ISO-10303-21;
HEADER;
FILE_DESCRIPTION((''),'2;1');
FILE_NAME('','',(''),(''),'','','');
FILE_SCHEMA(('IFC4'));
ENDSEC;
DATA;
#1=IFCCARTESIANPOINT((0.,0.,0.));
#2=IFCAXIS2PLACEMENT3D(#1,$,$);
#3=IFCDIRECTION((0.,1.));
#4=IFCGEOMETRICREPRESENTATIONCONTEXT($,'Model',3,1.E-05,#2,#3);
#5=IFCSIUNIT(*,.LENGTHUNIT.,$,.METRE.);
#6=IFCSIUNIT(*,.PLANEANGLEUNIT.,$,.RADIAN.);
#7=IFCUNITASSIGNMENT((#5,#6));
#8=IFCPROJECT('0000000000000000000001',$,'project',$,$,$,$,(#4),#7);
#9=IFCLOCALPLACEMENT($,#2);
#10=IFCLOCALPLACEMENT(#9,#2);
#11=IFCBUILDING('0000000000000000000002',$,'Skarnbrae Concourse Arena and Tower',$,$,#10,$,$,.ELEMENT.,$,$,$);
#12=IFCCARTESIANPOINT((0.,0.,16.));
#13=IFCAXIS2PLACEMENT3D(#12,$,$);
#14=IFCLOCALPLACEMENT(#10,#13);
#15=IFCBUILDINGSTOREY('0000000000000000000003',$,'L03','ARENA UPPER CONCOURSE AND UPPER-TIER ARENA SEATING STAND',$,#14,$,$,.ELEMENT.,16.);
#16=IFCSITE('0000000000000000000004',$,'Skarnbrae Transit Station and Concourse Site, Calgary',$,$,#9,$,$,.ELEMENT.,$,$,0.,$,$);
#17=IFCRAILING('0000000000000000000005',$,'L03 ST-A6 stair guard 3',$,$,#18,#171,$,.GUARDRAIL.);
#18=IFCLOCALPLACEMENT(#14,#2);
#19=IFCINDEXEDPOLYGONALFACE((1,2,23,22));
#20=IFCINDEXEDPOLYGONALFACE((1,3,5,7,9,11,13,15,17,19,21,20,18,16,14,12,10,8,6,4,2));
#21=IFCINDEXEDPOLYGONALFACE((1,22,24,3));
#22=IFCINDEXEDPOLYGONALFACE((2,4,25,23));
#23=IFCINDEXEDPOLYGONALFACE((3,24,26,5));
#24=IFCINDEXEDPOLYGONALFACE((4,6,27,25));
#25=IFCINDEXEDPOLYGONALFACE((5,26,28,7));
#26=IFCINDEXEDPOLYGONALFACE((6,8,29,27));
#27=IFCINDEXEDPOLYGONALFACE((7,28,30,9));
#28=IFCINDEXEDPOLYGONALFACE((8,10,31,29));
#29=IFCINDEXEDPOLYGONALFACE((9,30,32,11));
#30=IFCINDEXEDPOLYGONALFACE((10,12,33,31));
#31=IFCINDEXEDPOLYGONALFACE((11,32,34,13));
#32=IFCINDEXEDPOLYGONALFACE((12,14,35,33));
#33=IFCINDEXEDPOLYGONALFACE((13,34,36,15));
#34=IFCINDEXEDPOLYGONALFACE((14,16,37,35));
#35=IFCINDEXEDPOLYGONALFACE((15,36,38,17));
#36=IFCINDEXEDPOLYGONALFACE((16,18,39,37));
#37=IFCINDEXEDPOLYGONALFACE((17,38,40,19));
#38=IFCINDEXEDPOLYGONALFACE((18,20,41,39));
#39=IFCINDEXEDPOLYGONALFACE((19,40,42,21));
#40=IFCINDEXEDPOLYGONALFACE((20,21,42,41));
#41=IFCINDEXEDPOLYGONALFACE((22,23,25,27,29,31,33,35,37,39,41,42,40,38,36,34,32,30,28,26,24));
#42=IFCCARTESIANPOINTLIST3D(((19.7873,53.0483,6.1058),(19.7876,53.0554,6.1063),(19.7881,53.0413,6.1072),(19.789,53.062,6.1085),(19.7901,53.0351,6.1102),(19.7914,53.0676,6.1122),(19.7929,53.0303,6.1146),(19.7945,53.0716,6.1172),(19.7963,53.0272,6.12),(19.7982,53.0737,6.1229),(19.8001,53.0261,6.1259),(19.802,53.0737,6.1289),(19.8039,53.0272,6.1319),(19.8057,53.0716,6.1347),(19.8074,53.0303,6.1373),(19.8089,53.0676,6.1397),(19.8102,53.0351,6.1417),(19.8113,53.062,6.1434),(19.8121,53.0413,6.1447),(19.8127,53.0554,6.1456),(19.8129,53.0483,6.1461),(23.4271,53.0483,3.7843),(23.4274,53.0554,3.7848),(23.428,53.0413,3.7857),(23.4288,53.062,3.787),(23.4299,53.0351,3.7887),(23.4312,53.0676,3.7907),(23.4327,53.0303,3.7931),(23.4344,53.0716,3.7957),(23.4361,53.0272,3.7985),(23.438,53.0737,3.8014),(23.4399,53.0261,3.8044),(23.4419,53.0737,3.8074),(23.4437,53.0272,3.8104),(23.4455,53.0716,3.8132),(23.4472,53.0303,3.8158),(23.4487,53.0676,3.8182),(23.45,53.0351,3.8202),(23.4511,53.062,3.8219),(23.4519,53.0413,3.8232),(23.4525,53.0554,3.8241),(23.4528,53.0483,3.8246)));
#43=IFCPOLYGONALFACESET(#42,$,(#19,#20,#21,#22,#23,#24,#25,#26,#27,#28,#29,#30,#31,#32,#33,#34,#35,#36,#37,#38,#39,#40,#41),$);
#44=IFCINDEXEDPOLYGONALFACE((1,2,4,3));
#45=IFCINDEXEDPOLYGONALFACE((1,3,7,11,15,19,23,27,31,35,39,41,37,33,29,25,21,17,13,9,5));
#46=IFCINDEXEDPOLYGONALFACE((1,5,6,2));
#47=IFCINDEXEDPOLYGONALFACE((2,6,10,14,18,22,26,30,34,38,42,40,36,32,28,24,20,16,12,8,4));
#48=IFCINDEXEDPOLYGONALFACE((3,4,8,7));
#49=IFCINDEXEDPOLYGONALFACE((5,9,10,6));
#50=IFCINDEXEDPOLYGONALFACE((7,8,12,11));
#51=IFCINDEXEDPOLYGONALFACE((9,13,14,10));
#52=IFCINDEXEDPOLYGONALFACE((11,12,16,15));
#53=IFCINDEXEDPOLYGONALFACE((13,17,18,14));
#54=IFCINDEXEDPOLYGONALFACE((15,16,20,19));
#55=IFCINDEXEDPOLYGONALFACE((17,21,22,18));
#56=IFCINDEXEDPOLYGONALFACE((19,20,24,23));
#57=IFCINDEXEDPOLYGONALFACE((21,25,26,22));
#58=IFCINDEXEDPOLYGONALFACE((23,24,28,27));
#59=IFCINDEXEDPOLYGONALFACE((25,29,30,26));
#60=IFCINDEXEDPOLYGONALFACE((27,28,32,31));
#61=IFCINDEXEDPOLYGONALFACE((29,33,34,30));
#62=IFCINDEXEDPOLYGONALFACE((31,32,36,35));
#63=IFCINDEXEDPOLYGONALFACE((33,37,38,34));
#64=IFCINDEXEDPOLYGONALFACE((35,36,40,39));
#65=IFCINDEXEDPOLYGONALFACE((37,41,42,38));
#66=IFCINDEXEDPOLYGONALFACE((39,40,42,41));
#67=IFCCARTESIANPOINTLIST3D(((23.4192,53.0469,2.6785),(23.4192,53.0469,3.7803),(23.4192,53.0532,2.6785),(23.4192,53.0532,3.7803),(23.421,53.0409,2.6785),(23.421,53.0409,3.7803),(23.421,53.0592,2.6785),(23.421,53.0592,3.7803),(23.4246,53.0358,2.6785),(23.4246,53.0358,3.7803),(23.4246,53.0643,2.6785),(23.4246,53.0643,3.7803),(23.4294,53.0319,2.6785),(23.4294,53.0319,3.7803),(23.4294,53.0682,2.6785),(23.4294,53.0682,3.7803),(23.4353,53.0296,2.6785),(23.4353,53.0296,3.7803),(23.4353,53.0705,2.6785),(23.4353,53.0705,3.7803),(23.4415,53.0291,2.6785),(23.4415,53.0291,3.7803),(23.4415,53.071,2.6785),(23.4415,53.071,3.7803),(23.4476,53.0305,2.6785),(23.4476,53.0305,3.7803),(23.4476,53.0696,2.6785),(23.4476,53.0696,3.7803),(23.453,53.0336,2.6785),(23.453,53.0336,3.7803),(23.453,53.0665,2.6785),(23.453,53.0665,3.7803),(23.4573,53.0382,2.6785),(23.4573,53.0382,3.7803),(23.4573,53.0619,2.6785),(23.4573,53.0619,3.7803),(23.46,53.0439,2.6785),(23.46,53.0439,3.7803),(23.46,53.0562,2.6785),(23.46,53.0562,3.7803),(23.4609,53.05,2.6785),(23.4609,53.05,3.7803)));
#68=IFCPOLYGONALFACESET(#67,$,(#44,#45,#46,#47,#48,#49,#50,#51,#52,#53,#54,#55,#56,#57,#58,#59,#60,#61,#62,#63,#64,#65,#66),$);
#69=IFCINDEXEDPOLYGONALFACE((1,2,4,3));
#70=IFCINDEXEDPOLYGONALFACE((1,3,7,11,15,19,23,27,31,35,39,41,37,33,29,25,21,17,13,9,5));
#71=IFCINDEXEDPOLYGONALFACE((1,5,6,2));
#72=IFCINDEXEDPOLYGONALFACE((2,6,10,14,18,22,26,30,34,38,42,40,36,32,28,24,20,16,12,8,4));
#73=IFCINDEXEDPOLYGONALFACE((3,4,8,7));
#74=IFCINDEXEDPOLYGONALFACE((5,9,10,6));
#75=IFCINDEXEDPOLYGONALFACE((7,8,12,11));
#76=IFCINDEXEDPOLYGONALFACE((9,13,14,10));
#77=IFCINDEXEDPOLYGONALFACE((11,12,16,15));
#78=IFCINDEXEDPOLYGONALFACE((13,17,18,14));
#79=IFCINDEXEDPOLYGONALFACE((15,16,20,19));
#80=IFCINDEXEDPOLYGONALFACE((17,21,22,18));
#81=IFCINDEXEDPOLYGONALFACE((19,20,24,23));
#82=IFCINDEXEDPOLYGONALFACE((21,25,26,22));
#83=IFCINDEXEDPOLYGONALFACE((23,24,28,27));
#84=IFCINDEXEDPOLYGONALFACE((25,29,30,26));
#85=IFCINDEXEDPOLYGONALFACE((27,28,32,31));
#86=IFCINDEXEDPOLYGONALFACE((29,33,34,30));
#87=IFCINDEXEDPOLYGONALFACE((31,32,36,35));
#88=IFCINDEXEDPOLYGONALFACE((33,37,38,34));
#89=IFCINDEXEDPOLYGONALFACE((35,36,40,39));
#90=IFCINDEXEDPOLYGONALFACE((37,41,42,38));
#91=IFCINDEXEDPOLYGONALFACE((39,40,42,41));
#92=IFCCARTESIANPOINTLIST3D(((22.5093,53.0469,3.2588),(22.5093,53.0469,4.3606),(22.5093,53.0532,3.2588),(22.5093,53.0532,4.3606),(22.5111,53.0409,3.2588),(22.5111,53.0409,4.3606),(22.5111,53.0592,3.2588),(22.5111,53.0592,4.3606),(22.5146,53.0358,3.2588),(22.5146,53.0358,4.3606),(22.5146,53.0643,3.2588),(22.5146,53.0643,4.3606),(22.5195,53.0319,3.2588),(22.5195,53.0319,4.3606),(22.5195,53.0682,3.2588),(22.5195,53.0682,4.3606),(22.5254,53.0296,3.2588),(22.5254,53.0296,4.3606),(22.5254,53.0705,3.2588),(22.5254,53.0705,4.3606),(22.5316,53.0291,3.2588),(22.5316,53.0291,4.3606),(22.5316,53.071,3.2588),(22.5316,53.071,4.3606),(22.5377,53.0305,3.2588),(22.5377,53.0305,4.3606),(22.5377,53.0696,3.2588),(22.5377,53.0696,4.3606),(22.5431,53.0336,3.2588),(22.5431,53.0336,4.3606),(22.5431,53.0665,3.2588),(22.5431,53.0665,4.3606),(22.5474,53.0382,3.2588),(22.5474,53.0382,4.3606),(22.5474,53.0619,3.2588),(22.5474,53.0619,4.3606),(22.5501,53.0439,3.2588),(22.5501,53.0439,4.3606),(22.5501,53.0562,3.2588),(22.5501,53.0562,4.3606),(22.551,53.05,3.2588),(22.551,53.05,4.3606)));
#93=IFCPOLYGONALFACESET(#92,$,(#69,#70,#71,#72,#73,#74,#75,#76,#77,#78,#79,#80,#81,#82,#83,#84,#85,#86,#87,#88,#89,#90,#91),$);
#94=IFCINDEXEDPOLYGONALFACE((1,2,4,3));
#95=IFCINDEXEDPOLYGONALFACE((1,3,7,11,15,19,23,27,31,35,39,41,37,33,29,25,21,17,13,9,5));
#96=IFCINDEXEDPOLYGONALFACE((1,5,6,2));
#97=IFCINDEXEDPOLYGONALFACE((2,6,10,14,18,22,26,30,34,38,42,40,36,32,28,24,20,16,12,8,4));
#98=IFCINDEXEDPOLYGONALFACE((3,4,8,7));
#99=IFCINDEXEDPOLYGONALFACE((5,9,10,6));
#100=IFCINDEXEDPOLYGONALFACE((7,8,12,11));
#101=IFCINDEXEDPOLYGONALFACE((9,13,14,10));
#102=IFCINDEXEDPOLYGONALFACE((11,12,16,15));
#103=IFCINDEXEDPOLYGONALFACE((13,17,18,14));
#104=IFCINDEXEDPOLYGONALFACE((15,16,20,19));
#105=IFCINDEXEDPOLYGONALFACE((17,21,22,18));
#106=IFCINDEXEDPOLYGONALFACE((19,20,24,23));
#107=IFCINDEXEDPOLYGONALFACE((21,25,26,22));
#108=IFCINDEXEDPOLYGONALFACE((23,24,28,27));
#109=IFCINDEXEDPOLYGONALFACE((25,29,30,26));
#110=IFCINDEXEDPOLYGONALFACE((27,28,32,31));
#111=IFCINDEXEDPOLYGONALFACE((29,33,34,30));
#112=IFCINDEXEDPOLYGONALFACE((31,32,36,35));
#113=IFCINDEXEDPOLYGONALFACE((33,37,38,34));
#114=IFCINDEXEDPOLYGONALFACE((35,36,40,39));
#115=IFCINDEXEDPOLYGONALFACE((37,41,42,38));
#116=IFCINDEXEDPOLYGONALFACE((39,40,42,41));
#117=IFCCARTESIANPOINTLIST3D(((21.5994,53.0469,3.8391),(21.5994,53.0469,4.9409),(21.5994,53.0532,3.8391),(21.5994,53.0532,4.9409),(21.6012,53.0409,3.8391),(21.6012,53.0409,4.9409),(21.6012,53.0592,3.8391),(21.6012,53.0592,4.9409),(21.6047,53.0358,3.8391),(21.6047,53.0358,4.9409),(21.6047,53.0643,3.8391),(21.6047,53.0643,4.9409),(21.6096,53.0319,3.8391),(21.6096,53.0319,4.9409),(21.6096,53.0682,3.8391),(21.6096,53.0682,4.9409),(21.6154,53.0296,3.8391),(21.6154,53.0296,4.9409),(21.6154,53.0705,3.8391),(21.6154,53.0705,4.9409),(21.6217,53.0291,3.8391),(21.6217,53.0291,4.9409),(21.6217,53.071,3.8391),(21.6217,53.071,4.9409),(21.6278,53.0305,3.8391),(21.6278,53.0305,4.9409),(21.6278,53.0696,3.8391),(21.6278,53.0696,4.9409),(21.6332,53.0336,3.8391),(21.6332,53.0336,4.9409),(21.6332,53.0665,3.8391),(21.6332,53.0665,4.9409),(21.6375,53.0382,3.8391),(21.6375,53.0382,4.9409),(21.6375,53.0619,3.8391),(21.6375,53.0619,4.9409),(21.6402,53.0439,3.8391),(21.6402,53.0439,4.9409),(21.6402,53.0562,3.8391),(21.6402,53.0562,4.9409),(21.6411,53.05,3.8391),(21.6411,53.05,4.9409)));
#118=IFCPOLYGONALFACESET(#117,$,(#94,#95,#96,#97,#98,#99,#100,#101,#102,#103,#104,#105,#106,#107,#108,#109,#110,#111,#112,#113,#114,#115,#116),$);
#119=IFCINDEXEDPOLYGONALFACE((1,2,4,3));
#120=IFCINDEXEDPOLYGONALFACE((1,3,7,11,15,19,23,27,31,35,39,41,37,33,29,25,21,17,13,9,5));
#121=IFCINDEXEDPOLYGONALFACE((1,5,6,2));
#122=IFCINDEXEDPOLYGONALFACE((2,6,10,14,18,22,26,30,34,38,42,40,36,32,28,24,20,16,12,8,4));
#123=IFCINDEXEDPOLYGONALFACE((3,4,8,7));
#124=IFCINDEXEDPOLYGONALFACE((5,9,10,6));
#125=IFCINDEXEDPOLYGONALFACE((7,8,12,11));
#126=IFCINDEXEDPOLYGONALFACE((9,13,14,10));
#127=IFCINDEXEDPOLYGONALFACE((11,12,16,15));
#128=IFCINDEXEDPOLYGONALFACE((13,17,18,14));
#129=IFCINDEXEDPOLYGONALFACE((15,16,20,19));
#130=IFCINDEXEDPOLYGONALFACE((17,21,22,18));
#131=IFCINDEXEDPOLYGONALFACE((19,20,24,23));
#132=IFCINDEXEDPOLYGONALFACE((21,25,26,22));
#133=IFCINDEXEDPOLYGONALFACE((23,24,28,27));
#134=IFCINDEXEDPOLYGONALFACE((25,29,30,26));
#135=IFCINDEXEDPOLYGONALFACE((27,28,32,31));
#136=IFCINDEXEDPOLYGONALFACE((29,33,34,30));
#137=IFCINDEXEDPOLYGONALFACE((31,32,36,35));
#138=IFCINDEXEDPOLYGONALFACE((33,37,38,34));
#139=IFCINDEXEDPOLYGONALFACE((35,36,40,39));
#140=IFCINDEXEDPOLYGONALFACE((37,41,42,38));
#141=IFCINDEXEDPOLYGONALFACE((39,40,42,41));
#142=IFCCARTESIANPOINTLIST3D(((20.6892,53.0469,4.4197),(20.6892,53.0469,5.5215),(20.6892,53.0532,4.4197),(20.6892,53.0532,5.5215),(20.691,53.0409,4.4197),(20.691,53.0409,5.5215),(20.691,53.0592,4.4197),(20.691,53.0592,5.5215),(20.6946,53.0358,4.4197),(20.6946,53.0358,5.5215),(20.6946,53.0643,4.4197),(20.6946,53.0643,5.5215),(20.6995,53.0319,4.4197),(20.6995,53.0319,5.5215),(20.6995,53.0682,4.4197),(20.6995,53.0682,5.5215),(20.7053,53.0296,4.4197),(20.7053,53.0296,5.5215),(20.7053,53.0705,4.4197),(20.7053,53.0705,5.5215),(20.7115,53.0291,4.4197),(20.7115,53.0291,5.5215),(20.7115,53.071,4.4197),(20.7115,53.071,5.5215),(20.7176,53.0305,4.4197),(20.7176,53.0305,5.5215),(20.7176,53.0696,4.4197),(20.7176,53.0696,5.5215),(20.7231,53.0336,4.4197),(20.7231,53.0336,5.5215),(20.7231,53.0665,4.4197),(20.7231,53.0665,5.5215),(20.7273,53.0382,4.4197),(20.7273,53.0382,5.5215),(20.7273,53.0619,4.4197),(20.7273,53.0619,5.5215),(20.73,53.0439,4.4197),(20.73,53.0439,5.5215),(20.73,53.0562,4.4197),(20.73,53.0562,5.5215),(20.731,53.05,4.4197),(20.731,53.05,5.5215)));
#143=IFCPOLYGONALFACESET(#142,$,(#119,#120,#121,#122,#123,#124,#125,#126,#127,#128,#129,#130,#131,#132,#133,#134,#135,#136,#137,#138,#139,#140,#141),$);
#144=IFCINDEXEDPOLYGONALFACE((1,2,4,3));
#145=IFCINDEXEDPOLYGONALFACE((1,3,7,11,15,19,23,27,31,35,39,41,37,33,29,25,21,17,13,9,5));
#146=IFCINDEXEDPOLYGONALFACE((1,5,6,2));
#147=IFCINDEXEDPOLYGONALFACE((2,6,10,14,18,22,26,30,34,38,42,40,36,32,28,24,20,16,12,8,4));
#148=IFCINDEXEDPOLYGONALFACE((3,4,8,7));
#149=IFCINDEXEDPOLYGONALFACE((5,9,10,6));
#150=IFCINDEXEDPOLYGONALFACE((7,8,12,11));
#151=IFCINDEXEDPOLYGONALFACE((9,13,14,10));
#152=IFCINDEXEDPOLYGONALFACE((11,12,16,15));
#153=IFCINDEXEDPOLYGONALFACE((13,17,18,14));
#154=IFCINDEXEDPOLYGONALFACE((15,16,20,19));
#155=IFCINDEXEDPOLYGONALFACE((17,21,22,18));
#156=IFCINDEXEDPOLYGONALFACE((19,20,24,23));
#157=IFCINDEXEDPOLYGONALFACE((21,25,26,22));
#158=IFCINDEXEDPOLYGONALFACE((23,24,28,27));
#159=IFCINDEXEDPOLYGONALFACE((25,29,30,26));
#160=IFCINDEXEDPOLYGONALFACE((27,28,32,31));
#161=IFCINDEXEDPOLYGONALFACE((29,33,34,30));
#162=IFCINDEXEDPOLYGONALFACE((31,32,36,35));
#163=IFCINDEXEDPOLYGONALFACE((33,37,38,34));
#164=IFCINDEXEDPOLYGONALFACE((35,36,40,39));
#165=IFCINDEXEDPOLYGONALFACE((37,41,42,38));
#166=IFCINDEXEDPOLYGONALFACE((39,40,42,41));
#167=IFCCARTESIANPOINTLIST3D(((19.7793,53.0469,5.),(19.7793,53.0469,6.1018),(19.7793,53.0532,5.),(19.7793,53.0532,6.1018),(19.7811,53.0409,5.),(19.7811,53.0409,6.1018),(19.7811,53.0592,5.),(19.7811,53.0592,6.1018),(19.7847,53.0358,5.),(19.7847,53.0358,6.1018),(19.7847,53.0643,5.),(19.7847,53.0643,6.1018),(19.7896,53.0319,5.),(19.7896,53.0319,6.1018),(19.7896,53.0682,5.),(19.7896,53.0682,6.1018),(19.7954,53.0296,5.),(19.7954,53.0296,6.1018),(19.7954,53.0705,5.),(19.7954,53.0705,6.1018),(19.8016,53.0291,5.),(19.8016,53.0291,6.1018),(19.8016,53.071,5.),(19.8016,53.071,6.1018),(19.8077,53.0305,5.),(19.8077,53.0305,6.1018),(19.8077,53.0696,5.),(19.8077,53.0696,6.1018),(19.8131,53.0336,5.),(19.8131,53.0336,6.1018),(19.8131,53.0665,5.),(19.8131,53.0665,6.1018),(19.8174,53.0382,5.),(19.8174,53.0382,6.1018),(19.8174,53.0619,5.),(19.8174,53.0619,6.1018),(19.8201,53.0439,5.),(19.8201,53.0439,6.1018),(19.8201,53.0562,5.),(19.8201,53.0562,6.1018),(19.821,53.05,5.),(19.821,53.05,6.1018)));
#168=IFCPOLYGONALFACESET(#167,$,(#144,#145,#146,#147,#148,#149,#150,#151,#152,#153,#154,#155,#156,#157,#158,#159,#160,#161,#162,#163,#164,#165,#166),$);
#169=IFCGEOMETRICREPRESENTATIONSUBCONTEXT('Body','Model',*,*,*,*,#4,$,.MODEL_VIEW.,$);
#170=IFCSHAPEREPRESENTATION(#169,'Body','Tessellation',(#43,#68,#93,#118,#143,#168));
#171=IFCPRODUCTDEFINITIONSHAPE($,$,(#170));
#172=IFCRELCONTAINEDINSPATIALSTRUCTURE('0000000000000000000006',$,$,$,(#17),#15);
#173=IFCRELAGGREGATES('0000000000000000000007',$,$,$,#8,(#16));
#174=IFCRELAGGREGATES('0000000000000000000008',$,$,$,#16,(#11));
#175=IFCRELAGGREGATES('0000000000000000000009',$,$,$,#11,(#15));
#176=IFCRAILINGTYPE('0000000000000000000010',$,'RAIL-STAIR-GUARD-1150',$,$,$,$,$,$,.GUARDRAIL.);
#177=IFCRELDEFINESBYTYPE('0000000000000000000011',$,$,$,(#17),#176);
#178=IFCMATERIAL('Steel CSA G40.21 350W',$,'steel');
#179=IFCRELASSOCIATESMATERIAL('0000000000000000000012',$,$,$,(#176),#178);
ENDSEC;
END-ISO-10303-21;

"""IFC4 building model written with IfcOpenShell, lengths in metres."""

from ifc_helpers import new_model, si_unit, direction, frame, origin, origin_2d, place, context, subcontext, project, spatial, circle, extrude, material, type_object, element, save


model = new_model("IFC4")

# Units and contexts
model_context = context("Model", 3, precision=1e-05, world=origin(), true_north=direction((0.0, 1.0)))
body_context = subcontext(model_context, "Body", "Model", "MODEL_VIEW")
ifc_project = project(units=[si_unit("LENGTHUNIT", "METRE"), si_unit("PLANEANGLEUNIT", "RADIAN")], contexts=[model_context])

# Site, building, storey
site_placement = place(None, origin())
site = spatial("IfcSite", under=ifc_project, at=site_placement, Name="Skarnbrae Transit Station and Concourse Site, Calgary", CompositionType="ELEMENT", RefElevation=0.0)
building_placement = place(site_placement, origin())
building = spatial("IfcBuilding", under=site, at=building_placement, Name="Skarnbrae Concourse Arena and Tower", CompositionType="ELEMENT")
storey_placement = place(building_placement, frame((0.0, 0.0, 16.0)))
storey = spatial("IfcBuildingStorey", under=building, at=storey_placement, Name="L03", Description="ARENA UPPER CONCOURSE AND UPPER-TIER ARENA SEATING STAND", CompositionType="ELEMENT", Elevation=16.0)

# Shared definitions
ifc_material_1 = material(Name="Steel CSA G40.21 350W", Category="steel")

# Railing
railing_type_1 = type_object("IfcRailingType", Name="RAIL-STAIR-GUARD-1150", PredefinedType="GUARDRAIL", material=ifc_material_1)
railing_1_placement = place(storey_placement, frame((23.4399, 53.05, 2.6785)))
element("IfcRailing", 1, at=railing_1_placement, inside=storey, type_object=railing_type_1, Name="L03 ST-A6 stair guard 3", PredefinedType="GUARDRAIL", context=body_context, shape_type="SweptSolid", body=[
    extrude(circle(Radius=0.0239, at=origin_2d()), frame((0.0, 0.0, 1.126), z_axis=(-0.843112, 0.0, 0.537739), x_axis=(0.0, -1.0, 0.0)), (0.0, 0.0, 1.0), 4.3171),
    extrude(circle(Radius=0.021, at=origin_2d()), origin(), (0.0, 0.0, 1.0), 1.1018),
    extrude(circle(Radius=0.021, at=origin_2d()), frame((-0.9099, 0.0, 0.5803)), (0.0, 0.0, 1.0), 1.1018),
    extrude(circle(Radius=0.021, at=origin_2d()), frame((-1.8198, 0.0, 1.1606)), (0.0, 0.0, 1.0), 1.1018),
    extrude(circle(Radius=0.021, at=origin_2d()), frame((-2.73, 0.0, 1.7412)), (0.0, 0.0, 1.0), 1.1018),
    extrude(circle(Radius=0.021, at=origin_2d()), frame((-3.6399, 0.0, 2.3215)), (0.0, 0.0, 1.0), 1.1018),
])

save(model, "model.ifc")
